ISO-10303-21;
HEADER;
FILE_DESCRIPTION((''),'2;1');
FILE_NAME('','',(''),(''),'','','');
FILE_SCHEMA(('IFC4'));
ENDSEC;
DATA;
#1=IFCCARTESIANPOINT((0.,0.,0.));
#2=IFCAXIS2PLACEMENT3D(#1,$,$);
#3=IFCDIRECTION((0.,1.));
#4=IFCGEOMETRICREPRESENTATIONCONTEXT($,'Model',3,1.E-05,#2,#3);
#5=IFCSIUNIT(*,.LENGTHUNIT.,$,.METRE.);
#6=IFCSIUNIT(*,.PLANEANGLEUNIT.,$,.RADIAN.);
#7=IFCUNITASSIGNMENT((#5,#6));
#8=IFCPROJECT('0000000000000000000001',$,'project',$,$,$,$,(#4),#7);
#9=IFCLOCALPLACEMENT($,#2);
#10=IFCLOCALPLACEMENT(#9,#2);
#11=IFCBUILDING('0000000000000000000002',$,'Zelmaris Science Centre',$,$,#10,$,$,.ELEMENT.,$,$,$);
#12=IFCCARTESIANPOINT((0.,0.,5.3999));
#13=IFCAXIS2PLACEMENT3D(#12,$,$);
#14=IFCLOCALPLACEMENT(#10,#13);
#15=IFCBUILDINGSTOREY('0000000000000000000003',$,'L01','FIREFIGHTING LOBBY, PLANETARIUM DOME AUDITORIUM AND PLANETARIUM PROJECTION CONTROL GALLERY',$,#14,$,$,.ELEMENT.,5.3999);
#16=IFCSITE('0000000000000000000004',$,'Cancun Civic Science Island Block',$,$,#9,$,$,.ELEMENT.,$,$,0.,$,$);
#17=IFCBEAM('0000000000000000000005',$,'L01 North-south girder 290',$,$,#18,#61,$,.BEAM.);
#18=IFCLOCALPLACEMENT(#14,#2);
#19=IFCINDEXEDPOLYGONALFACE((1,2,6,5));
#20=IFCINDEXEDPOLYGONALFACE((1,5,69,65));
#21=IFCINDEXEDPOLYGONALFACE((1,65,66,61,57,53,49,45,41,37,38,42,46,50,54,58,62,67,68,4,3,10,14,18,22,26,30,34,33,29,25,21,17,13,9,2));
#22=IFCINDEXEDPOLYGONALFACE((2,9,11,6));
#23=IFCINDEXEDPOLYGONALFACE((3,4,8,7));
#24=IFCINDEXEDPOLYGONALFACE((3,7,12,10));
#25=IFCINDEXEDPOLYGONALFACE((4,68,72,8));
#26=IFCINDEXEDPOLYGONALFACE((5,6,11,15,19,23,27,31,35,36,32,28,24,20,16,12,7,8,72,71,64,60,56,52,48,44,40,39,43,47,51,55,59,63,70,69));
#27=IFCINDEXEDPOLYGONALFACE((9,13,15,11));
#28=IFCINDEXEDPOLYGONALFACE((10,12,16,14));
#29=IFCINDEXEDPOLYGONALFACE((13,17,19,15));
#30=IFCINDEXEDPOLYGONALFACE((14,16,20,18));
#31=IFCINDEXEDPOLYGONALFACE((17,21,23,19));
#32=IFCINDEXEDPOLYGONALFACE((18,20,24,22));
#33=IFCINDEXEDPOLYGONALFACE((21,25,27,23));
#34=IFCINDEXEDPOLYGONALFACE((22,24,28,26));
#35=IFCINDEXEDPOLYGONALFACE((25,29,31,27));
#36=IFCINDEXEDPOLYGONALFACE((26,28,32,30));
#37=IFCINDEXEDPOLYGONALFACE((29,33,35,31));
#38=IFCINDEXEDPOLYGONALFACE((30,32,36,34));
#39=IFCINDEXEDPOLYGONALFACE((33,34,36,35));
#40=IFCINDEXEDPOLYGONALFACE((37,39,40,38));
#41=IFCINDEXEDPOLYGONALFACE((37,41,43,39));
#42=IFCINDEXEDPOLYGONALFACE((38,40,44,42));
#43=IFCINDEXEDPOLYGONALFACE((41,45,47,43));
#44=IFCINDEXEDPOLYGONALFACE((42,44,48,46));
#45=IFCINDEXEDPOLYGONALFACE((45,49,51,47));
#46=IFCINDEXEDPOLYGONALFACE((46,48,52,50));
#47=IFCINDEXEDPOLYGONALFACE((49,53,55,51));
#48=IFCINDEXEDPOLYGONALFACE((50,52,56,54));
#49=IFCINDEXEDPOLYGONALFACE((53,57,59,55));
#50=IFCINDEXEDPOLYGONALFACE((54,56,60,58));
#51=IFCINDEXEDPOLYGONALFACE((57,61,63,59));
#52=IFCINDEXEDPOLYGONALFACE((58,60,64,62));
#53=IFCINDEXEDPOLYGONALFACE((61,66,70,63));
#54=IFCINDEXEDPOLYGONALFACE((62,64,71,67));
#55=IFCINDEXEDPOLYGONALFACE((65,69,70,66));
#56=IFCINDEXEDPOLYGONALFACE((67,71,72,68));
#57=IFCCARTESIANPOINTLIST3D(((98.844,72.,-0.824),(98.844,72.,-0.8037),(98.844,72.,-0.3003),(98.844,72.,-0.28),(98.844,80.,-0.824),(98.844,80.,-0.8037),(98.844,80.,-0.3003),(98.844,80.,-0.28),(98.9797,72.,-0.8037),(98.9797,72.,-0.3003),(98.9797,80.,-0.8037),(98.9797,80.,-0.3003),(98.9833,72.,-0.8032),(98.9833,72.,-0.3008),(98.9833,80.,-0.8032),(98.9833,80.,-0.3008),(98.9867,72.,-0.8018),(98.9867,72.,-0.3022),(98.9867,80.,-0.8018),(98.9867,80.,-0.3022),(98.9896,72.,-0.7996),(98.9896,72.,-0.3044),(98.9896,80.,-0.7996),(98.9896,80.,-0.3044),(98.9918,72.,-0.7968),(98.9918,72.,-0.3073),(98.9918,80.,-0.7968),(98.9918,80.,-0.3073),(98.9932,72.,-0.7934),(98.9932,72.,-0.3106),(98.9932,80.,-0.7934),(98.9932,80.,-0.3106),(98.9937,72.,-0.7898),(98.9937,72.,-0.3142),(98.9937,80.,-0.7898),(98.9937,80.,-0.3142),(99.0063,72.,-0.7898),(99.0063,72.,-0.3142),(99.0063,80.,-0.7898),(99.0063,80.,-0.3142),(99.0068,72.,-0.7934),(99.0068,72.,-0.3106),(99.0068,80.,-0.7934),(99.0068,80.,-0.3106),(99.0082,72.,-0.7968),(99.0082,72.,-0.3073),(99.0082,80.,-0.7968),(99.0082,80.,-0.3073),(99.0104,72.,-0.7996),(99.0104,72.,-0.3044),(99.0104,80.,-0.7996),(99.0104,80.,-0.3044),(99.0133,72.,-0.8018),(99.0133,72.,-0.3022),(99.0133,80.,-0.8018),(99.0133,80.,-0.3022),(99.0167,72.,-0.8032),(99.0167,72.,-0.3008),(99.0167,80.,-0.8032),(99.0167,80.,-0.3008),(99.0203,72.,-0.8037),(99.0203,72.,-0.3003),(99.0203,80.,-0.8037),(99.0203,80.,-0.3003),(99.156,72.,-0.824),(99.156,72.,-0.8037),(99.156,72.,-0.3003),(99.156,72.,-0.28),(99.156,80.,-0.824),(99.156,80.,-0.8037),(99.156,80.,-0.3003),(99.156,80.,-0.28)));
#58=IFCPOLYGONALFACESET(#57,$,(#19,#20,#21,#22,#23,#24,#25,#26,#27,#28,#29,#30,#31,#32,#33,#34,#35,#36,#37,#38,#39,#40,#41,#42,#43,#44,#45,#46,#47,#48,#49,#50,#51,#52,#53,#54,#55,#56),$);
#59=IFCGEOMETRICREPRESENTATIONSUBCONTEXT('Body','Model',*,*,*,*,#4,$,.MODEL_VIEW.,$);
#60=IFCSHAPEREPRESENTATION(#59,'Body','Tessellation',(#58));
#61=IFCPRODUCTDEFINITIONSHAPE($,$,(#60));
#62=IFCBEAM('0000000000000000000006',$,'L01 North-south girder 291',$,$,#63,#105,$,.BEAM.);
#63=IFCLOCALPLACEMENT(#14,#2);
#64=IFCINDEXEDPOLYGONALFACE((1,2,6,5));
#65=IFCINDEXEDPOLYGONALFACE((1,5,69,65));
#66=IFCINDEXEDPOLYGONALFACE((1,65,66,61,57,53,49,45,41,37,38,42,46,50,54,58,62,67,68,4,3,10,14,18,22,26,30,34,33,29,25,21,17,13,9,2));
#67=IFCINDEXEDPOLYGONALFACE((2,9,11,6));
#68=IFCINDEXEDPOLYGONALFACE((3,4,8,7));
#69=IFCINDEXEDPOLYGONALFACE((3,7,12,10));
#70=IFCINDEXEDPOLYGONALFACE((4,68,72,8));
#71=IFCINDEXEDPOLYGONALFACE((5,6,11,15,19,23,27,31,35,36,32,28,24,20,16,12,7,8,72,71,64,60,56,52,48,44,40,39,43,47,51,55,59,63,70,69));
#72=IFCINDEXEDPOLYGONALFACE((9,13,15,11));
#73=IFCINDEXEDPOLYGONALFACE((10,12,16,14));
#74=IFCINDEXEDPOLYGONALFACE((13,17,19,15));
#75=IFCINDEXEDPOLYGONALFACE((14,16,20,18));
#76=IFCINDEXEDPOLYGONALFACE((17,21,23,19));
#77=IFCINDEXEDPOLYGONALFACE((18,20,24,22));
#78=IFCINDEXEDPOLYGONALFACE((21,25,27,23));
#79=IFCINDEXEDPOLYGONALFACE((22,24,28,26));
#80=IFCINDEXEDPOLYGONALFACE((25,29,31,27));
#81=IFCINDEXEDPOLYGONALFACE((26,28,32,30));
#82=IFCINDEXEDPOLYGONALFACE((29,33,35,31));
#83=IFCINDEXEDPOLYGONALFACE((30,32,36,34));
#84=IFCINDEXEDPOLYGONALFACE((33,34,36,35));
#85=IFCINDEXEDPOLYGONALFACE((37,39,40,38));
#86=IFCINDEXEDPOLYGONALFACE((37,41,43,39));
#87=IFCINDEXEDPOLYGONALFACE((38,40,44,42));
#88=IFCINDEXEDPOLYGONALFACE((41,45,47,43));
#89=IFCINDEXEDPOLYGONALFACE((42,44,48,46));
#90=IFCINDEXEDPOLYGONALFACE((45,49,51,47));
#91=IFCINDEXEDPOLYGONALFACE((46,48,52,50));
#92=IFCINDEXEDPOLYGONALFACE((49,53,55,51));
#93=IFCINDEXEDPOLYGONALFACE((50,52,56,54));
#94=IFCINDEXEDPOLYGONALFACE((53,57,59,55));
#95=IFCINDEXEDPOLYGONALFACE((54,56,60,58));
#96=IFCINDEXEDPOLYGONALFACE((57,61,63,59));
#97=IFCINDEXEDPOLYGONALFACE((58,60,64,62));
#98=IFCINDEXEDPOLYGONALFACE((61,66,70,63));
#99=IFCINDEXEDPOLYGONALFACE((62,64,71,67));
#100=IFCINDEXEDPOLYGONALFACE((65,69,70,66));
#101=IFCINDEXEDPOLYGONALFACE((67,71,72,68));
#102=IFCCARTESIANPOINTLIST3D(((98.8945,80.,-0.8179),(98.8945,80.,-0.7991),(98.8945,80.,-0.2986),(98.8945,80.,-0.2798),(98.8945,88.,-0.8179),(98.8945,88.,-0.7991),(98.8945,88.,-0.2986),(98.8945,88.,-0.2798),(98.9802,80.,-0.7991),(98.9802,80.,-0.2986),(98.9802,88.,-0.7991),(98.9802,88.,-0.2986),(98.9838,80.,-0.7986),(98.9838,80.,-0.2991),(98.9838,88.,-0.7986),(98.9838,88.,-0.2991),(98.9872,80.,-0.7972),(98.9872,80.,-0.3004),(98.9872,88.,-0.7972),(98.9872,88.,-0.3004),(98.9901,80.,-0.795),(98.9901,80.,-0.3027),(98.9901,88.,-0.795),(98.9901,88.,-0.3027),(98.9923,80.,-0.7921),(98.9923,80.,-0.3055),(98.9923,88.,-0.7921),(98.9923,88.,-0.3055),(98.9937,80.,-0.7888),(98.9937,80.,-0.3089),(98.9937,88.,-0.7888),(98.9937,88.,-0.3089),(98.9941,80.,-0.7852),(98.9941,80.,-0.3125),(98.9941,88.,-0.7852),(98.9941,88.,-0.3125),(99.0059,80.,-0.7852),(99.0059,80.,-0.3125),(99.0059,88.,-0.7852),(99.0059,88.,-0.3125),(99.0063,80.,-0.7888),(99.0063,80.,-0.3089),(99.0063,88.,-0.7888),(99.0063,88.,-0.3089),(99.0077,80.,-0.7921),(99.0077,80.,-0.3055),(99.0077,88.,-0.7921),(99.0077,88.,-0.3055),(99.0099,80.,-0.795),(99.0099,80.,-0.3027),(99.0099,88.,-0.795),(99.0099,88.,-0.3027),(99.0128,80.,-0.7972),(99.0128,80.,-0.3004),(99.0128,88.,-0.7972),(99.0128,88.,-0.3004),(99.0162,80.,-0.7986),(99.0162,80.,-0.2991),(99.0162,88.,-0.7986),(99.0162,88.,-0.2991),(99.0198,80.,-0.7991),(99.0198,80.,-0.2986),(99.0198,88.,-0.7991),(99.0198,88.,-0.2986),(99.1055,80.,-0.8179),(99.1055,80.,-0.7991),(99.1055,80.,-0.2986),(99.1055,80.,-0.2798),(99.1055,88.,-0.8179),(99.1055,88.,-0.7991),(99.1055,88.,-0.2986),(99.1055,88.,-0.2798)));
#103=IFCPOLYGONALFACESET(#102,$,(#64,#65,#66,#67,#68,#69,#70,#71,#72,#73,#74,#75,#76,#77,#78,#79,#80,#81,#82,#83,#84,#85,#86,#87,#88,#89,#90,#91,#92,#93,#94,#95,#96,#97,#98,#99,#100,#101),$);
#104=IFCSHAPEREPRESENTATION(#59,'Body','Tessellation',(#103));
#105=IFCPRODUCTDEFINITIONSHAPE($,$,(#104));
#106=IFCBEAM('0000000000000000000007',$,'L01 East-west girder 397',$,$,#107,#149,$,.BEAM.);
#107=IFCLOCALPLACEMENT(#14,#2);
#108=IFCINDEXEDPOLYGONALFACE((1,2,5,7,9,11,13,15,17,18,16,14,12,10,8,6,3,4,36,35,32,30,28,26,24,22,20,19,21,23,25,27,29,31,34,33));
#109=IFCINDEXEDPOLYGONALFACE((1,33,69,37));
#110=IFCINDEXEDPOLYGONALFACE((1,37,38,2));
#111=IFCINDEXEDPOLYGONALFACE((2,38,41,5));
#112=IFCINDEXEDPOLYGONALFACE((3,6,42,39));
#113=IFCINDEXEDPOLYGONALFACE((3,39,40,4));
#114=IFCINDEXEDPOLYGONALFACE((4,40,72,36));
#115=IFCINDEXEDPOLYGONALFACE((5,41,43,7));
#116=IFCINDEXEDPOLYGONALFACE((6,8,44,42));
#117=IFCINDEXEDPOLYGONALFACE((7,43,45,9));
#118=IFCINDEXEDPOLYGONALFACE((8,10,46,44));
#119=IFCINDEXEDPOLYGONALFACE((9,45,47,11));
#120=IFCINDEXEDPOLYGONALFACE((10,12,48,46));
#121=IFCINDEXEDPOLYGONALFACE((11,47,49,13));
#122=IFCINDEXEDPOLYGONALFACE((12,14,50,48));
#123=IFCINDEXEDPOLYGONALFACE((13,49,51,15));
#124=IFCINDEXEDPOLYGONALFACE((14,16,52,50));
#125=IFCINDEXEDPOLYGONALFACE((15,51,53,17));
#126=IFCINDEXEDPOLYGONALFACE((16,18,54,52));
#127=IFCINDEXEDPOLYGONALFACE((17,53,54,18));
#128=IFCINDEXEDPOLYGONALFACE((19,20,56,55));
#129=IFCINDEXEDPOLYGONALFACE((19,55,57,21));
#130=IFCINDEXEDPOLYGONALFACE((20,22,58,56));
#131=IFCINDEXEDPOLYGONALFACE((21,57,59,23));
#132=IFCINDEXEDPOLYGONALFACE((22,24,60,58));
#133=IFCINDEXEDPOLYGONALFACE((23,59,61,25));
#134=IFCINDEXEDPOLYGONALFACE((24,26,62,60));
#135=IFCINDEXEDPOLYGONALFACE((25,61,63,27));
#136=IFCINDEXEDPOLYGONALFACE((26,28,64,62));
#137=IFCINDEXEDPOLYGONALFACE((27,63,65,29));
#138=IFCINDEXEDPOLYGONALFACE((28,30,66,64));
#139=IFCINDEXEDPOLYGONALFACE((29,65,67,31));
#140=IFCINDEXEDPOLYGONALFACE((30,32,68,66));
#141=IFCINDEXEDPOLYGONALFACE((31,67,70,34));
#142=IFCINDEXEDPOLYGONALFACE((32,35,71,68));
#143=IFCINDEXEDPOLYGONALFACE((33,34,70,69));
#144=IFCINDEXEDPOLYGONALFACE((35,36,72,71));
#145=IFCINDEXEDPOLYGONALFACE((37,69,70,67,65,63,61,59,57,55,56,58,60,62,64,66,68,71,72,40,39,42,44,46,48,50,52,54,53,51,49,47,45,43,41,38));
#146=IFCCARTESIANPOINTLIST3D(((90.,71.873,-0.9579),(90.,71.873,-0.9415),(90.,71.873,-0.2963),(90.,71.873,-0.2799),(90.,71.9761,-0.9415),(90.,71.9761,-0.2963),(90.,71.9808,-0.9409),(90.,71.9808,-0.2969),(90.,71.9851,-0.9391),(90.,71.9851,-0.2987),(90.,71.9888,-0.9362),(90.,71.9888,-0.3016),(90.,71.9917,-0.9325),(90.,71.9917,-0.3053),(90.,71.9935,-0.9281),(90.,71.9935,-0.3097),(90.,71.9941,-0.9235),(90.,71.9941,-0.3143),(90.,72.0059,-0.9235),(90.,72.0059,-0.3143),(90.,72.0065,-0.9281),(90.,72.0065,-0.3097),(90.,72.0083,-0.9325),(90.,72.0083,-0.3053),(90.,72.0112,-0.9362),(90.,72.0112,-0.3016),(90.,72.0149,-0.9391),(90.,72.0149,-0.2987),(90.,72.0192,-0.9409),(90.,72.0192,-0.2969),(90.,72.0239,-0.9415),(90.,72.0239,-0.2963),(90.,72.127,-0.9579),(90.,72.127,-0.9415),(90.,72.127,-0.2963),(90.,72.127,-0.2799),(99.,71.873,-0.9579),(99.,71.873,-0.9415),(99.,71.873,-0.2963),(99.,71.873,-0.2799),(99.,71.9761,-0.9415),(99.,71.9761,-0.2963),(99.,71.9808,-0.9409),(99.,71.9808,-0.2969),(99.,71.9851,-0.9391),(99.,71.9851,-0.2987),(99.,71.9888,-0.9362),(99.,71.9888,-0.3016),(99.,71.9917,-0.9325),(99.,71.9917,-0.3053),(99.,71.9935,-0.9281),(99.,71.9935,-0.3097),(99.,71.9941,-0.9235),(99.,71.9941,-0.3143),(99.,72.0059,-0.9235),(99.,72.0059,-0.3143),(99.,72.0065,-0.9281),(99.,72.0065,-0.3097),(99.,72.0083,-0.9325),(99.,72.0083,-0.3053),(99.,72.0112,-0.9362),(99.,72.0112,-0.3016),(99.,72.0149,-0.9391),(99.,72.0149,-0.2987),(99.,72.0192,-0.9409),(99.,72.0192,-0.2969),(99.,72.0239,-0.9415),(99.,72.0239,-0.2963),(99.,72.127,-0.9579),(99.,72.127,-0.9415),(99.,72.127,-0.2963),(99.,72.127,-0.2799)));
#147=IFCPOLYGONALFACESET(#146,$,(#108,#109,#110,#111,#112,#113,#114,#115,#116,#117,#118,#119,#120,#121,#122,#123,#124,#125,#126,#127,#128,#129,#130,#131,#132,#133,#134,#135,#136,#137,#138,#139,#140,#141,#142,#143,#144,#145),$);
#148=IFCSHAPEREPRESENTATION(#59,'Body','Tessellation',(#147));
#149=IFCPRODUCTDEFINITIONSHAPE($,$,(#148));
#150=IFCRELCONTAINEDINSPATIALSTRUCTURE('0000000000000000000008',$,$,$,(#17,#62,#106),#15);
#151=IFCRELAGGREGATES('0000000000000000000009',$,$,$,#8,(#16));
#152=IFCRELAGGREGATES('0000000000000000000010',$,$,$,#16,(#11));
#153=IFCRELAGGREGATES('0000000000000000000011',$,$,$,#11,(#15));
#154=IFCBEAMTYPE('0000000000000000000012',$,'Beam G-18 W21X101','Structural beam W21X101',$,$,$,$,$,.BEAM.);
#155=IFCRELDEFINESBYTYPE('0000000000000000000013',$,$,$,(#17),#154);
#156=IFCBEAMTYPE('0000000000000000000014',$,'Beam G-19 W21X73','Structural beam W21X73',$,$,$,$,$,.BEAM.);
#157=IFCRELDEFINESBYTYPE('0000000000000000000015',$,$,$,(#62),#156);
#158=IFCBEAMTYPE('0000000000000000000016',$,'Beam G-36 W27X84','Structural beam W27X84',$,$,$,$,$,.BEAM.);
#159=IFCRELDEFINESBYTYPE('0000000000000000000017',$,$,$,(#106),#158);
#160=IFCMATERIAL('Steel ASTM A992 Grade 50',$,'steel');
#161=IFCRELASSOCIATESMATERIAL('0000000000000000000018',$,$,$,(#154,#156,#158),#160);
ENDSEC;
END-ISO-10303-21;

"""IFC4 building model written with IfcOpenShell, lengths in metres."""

from ifc_helpers import new_model, si_unit, direction, frame, origin, origin_2d, place, context, subcontext, project, spatial, i_section, extrude, material, material_profile, profile_set, type_object, element, save


model = new_model("IFC4")

# Units and contexts
model_context = context("Model", 3, precision=1e-05, world=origin(), true_north=direction((0.0, 1.0)))
body_context = subcontext(model_context, "Body", "Model", "MODEL_VIEW")
ifc_project = project(units=[si_unit("LENGTHUNIT", "METRE"), si_unit("PLANEANGLEUNIT", "RADIAN")], contexts=[model_context])

# Site, building, storey
site_placement = place(None, origin())
site = spatial("IfcSite", under=ifc_project, at=site_placement, Name="Cancun Civic Science Island Block", CompositionType="ELEMENT", RefElevation=0.0)
building_placement = place(site_placement, origin())
building = spatial("IfcBuilding", under=site, at=building_placement, Name="Zelmaris Science Centre", CompositionType="ELEMENT")
storey_placement = place(building_placement, frame((0.0, 0.0, 5.3999)))
storey = spatial("IfcBuildingStorey", under=building, at=storey_placement, Name="L01", Description="FIREFIGHTING LOBBY, PLANETARIUM DOME AUDITORIUM AND PLANETARIUM PROJECTION CONTROL GALLERY", CompositionType="ELEMENT", Elevation=5.3999)

# Shared definitions
ifc_material_1 = material(Name="Steel ASTM A992 Grade 50", Category="steel")

# Beams
ifc_material_profile_1 = material_profile(ifc_material_1, i_section(OverallWidth=0.312, OverallDepth=0.5439, WebThickness=0.0127, FlangeThickness=0.0203, FilletRadius=0.0139, at=origin_2d()), Name="W21X101")
ifc_profile_set_1 = profile_set([ifc_material_profile_1], Name="Steel ASTM A992 Grade 50")
beam_type_1 = type_object("IfcBeamType", Name="Beam G-18 W21X101", Description="Structural beam W21X101", PredefinedType="BEAM", material=ifc_profile_set_1)
beam_1_placement = place(storey_placement, frame((99.0, 72.0, -0.552), z_axis=(0.0, 1.0, 0.0), x_axis=(-1.0, 0.0, 0.0)))
element("IfcBeam", 1, at=beam_1_placement, inside=storey, type_object=beam_type_1, Name="L01 North-south girder 290", PredefinedType="BEAM", context=body_context, shape_type="SweptSolid", body=[
    extrude(i_section(OverallWidth=0.312, OverallDepth=0.5439, WebThickness=0.0127, FlangeThickness=0.0203, FilletRadius=0.0139, at=origin_2d()), origin(), (0.0, 0.0, 1.0), 8.0),
])
ifc_material_profile_2 = material_profile(ifc_material_1, i_section(OverallWidth=0.2109, OverallDepth=0.5381, WebThickness=0.0117, FlangeThickness=0.0188, FilletRadius=0.0139, at=origin_2d()), Name="W21X73")
ifc_profile_set_2 = profile_set([ifc_material_profile_2], Name="Steel ASTM A992 Grade 50")
beam_type_2 = type_object("IfcBeamType", Name="Beam G-19 W21X73", Description="Structural beam W21X73", PredefinedType="BEAM", material=ifc_profile_set_2)
beam_2_placement = place(storey_placement, frame((99.0, 80.0, -0.5488), z_axis=(0.0, 1.0, 0.0), x_axis=(-1.0, 0.0, 0.0)))
element("IfcBeam", 2, at=beam_2_placement, inside=storey, type_object=beam_type_2, Name="L01 North-south girder 291", PredefinedType="BEAM", context=body_context, shape_type="SweptSolid", body=[
    extrude(i_section(OverallWidth=0.2109, OverallDepth=0.5381, WebThickness=0.0117, FlangeThickness=0.0188, FilletRadius=0.0139, at=origin_2d()), origin(), (0.0, 0.0, 1.0), 8.0),
])
ifc_material_profile_3 = material_profile(ifc_material_1, i_section(OverallWidth=0.2539, OverallDepth=0.678, WebThickness=0.0117, FlangeThickness=0.0164, FilletRadius=0.0181, at=origin_2d()), Name="W27X84")
ifc_profile_set_3 = profile_set([ifc_material_profile_3], Name="Steel ASTM A992 Grade 50")
beam_type_3 = type_object("IfcBeamType", Name="Beam G-36 W27X84", Description="Structural beam W27X84", PredefinedType="BEAM", material=ifc_profile_set_3)
beam_3_placement = place(storey_placement, frame((90.0, 72.0, -0.6189), z_axis=(1.0, 0.0, 0.0), x_axis=(0.0, 1.0, 0.0)))
element("IfcBeam", 3, at=beam_3_placement, inside=storey, type_object=beam_type_3, Name="L01 East-west girder 397", PredefinedType="BEAM", context=body_context, shape_type="SweptSolid", body=[
    extrude(i_section(OverallWidth=0.2539, OverallDepth=0.678, WebThickness=0.0117, FlangeThickness=0.0164, FilletRadius=0.0181, at=origin_2d()), origin(), (0.0, 0.0, 1.0), 9.0),
])

save(model, "model.ifc")
